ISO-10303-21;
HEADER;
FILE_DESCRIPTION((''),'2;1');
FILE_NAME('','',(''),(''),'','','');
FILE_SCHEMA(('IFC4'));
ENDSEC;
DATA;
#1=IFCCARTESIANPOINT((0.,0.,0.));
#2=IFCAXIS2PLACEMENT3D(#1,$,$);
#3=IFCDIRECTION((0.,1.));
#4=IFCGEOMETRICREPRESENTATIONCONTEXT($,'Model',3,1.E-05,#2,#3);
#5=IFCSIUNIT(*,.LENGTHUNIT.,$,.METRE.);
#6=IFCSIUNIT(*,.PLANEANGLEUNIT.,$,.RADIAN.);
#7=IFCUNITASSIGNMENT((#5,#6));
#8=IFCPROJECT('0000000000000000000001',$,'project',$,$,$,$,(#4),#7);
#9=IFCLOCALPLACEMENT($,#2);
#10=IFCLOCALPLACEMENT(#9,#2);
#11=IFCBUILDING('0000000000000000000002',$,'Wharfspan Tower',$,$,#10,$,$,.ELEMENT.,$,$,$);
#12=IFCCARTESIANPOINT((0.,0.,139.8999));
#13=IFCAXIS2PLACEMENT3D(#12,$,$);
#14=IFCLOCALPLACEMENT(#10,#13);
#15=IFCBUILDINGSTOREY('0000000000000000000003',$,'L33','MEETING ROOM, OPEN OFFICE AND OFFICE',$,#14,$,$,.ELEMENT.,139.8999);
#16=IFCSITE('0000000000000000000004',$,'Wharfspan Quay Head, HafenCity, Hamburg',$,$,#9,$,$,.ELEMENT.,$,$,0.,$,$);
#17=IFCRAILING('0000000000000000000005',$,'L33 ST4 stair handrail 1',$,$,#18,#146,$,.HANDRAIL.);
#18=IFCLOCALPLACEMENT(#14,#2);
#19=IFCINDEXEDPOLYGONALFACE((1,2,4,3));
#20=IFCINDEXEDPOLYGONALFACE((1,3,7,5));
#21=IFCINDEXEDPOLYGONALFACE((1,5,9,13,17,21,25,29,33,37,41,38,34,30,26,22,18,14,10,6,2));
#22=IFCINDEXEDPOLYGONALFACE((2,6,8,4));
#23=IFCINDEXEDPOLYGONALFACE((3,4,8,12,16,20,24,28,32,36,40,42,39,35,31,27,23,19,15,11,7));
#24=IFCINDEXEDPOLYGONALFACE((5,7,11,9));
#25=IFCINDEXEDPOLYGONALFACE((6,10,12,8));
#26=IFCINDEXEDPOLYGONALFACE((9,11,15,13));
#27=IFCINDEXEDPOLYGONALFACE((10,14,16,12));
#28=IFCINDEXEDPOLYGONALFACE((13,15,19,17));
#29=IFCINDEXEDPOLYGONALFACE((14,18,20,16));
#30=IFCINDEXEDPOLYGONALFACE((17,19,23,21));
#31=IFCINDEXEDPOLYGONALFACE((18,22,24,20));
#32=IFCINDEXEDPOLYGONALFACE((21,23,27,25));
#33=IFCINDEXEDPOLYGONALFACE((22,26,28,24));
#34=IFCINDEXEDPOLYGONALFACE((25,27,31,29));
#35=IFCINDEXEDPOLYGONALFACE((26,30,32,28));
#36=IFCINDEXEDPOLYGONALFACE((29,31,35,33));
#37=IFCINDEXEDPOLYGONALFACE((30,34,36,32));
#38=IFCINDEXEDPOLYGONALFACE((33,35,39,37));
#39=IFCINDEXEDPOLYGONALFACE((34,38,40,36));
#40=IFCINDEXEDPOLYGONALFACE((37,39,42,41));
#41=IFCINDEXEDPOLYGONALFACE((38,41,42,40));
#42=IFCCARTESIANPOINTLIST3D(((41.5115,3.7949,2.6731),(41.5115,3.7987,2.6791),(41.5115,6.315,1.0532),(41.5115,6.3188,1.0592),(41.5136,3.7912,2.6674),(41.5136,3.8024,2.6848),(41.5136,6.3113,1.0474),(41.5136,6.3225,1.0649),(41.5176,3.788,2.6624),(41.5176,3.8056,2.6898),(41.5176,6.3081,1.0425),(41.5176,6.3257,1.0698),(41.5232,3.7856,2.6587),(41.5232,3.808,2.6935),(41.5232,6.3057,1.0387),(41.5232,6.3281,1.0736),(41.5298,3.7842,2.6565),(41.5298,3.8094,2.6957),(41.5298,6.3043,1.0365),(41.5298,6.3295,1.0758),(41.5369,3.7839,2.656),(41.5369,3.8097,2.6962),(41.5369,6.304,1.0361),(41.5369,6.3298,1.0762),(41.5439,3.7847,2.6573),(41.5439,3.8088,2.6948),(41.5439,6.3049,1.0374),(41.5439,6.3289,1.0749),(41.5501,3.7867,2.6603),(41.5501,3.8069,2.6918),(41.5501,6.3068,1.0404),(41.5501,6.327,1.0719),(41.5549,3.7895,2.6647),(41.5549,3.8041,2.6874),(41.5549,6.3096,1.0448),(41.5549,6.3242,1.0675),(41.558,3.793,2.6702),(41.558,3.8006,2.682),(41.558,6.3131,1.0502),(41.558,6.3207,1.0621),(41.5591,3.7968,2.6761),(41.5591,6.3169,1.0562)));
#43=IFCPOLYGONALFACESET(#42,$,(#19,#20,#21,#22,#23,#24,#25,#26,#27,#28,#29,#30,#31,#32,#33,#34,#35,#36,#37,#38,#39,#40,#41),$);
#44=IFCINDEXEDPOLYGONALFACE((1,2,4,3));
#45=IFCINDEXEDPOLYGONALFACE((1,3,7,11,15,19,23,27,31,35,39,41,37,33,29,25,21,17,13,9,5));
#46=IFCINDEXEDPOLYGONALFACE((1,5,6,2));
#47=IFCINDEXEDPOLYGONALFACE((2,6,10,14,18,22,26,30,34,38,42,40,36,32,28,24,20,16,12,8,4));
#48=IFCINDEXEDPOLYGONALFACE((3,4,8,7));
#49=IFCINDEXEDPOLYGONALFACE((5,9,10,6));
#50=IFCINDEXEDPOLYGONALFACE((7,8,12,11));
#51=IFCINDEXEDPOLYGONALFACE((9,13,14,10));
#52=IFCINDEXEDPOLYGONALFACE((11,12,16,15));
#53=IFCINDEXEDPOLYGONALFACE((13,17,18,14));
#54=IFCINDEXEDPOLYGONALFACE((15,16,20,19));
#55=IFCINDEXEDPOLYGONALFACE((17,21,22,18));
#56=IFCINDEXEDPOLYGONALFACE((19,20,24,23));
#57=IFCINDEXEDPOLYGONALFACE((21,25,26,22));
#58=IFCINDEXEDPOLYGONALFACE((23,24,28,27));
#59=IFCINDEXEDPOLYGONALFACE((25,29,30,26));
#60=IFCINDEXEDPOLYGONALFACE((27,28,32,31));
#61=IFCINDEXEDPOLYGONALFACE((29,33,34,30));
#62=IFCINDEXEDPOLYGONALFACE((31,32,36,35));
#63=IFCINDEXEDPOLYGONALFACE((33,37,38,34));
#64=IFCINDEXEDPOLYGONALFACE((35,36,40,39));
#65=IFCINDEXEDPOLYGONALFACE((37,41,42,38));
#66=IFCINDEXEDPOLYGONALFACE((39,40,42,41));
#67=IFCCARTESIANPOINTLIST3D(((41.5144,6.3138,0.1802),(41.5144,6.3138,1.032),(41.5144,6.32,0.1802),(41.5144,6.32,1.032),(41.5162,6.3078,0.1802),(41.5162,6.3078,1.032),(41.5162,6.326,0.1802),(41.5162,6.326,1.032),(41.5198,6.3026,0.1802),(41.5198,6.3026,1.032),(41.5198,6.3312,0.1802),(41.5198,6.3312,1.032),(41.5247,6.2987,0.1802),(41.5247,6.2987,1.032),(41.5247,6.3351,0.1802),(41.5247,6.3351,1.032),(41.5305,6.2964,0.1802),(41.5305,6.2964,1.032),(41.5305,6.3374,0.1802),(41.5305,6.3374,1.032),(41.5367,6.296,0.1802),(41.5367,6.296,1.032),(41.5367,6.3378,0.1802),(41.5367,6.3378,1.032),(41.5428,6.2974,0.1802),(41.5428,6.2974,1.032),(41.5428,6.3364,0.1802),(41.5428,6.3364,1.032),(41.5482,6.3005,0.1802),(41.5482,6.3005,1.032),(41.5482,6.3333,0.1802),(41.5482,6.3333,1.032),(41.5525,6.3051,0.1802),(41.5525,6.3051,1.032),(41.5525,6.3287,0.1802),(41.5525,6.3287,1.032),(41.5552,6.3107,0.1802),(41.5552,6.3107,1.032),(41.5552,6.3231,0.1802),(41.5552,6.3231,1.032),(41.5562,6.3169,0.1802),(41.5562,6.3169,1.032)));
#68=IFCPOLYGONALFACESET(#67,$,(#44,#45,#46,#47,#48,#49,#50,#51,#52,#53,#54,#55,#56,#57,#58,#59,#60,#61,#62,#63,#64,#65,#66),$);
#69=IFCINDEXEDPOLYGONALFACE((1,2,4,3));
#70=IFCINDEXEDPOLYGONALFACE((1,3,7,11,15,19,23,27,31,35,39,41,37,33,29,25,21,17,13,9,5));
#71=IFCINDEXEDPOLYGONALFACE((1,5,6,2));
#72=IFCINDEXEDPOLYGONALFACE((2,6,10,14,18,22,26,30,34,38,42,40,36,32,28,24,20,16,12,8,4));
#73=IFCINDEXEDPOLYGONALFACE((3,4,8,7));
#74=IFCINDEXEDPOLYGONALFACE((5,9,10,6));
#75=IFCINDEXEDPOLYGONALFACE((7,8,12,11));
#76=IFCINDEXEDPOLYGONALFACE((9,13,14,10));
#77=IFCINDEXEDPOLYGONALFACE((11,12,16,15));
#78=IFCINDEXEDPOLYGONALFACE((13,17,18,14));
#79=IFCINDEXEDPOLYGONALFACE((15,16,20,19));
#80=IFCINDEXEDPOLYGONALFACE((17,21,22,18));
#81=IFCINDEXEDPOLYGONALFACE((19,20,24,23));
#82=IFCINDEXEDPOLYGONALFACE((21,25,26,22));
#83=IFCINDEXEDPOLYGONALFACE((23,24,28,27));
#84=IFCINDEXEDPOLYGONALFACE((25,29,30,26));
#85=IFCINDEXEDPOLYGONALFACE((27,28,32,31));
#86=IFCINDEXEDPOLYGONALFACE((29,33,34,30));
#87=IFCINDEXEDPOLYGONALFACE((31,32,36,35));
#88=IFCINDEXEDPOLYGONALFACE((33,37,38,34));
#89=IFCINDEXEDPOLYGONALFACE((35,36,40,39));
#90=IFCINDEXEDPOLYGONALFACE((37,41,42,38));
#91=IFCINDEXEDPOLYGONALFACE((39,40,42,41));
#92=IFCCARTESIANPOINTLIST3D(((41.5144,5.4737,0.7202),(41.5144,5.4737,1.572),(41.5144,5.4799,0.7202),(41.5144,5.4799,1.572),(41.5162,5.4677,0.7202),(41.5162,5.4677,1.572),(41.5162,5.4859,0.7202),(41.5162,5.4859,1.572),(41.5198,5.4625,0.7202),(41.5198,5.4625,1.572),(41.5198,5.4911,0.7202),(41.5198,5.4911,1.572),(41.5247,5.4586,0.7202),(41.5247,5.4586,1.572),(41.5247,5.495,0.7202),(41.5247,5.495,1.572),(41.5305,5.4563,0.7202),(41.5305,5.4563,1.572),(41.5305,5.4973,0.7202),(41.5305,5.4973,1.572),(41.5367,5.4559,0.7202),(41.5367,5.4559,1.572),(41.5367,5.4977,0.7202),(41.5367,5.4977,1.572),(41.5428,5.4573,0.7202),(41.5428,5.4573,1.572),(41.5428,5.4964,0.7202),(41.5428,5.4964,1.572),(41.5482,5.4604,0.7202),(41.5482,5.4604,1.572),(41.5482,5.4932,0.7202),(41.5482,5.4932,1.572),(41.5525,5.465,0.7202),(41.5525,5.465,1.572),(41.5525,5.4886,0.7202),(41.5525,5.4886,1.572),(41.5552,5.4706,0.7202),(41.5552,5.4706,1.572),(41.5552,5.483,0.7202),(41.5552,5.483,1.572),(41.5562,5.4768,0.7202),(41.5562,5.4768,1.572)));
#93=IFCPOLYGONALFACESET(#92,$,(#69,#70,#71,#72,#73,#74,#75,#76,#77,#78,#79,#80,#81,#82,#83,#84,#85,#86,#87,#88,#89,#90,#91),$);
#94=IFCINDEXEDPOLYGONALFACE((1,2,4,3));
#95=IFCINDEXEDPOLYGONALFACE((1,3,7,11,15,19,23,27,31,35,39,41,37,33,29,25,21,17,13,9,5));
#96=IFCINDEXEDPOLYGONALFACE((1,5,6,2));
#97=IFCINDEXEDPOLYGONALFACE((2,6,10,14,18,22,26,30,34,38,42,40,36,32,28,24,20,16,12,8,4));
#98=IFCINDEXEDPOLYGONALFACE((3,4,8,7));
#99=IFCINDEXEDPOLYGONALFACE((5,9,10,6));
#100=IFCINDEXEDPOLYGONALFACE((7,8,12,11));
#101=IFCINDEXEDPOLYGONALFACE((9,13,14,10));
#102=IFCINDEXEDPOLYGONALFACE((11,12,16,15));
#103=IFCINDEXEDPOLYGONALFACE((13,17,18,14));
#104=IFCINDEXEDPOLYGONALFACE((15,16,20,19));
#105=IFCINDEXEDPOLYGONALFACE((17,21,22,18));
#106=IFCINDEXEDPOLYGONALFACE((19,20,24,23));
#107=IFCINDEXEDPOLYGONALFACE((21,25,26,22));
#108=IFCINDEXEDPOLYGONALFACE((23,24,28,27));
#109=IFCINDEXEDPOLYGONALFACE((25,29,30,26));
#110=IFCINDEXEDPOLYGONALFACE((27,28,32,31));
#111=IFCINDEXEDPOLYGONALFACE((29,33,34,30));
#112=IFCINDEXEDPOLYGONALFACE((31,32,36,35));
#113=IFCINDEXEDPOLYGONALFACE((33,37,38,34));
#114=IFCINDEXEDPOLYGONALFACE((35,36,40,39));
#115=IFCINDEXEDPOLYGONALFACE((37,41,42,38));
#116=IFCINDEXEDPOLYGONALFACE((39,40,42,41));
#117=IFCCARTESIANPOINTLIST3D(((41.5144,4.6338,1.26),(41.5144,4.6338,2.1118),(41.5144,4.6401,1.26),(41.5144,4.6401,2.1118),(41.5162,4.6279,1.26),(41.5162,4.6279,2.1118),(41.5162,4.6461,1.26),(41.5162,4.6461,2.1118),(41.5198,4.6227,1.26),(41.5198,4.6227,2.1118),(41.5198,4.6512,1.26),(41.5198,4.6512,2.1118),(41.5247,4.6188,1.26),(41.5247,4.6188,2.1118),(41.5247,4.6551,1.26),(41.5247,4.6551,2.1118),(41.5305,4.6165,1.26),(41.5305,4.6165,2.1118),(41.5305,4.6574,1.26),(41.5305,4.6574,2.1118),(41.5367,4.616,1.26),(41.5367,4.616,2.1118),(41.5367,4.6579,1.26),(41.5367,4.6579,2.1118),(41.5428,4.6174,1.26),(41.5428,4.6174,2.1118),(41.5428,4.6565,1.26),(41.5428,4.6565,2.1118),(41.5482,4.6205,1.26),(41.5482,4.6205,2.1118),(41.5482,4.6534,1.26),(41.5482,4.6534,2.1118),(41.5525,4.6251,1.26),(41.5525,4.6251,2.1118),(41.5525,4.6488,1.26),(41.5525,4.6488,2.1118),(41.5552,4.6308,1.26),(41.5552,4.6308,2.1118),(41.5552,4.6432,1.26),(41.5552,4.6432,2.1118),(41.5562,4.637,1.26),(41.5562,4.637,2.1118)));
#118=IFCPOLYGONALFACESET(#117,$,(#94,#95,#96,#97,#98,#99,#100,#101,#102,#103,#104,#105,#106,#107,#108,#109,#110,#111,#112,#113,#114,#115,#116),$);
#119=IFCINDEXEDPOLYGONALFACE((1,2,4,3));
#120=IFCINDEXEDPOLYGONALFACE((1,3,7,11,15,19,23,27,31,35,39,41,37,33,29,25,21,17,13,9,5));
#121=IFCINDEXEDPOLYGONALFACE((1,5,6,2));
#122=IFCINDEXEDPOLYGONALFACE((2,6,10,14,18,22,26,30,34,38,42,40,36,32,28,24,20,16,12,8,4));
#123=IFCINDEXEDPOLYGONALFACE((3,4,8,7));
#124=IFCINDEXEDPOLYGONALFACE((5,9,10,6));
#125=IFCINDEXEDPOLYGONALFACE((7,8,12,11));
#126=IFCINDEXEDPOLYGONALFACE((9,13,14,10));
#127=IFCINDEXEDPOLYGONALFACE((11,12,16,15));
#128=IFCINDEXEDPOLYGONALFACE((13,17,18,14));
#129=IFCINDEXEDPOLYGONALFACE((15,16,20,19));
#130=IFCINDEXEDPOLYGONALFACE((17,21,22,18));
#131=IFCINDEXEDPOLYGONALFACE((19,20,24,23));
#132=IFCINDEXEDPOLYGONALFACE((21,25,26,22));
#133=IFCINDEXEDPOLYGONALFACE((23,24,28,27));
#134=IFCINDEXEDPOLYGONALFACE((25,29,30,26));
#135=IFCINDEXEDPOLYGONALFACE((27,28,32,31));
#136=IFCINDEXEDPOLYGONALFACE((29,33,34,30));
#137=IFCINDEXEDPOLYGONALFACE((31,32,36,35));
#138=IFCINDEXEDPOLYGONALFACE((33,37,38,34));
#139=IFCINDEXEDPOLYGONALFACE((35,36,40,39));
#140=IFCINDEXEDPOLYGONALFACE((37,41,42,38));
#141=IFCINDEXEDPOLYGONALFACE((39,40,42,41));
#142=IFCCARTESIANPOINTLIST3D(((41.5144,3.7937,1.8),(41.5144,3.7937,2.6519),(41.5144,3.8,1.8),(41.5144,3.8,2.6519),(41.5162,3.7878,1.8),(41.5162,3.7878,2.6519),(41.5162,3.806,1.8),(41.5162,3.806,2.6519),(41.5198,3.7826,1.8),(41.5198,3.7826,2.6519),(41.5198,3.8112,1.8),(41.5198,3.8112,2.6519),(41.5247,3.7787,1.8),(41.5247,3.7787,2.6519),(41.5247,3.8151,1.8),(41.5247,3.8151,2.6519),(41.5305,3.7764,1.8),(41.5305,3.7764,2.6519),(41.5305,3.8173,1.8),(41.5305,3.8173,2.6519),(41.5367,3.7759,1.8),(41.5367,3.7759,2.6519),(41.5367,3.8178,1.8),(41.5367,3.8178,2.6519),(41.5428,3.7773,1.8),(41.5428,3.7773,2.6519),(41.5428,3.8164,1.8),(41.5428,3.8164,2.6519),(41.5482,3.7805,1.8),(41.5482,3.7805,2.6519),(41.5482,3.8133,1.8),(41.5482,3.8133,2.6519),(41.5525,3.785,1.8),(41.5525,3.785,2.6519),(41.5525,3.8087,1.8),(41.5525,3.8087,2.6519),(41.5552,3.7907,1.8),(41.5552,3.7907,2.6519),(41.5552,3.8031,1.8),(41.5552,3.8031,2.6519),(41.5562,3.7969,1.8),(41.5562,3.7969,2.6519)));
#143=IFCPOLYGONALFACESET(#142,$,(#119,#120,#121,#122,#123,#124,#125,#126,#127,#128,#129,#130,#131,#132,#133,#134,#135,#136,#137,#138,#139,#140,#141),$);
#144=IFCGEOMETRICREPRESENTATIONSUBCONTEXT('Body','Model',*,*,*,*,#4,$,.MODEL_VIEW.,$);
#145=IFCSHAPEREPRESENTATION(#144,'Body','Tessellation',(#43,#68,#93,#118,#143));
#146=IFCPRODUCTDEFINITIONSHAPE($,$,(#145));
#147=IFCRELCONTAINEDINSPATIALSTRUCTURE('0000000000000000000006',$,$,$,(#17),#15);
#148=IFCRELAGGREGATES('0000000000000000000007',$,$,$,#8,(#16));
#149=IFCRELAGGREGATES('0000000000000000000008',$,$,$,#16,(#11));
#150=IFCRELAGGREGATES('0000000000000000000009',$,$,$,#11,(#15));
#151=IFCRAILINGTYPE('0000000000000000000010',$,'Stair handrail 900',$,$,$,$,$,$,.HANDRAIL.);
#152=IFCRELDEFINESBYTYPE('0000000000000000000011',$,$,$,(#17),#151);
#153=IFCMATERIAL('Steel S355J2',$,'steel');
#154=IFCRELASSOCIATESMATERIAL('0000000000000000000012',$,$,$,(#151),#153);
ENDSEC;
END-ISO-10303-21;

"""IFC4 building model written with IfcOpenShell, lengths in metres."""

from ifc_helpers import new_model, si_unit, direction, frame, origin, origin_2d, place, context, subcontext, project, spatial, circle, extrude, material, type_object, element, save


model = new_model("IFC4")

# Units and contexts
model_context = context("Model", 3, precision=1e-05, world=origin(), true_north=direction((0.0, 1.0)))
body_context = subcontext(model_context, "Body", "Model", "MODEL_VIEW")
ifc_project = project(units=[si_unit("LENGTHUNIT", "METRE"), si_unit("PLANEANGLEUNIT", "RADIAN")], contexts=[model_context])

# Site, building, storey
site_placement = place(None, origin())
site = spatial("IfcSite", under=ifc_project, at=site_placement, Name="Wharfspan Quay Head, HafenCity, Hamburg", CompositionType="ELEMENT", RefElevation=0.0)
building_placement = place(site_placement, origin())
building = spatial("IfcBuilding", under=site, at=building_placement, Name="Wharfspan Tower", CompositionType="ELEMENT")
storey_placement = place(building_placement, frame((0.0, 0.0, 139.8999)))
storey = spatial("IfcBuildingStorey", under=building, at=storey_placement, Name="L33", Description="MEETING ROOM, OPEN OFFICE AND OFFICE", CompositionType="ELEMENT", Elevation=139.8999)

# Shared definitions
ifc_material_1 = material(Name="Steel S355J2", Category="steel")

# Railing
railing_type_1 = type_object("IfcRailingType", Name="Stair handrail 900", PredefinedType="HANDRAIL", material=ifc_material_1)
railing_1_placement = place(storey_placement, frame((41.5352, 6.3169, 0.1802)))
element("IfcRailing", 1, at=railing_1_placement, inside=storey, type_object=railing_type_1, Name="L33 ST4 stair handrail 1", PredefinedType="HANDRAIL", context=body_context, shape_type="SweptSolid", body=[
    extrude(circle(Radius=0.0239, at=origin_2d()), frame((0.0, 0.0, 0.876), z_axis=(0.0, -0.8412, 0.540725), x_axis=(1.0, 0.0, 0.0)), (0.0, 0.0, 1.0), 2.9958),
    extrude(circle(Radius=0.021, at=origin_2d()), origin(), (0.0, 0.0, 1.0), 0.8518),
    extrude(circle(Radius=0.021, at=origin_2d()), frame((0.0, -0.8401, 0.54)), (0.0, 0.0, 1.0), 0.8518),
    extrude(circle(Radius=0.021, at=origin_2d()), frame((0.0, -1.6799, 1.0798)), (0.0, 0.0, 1.0), 0.8518),
    extrude(circle(Radius=0.021, at=origin_2d()), frame((0.0, -2.52, 1.6199)), (0.0, 0.0, 1.0), 0.8518),
])

save(model, "model.ifc")
